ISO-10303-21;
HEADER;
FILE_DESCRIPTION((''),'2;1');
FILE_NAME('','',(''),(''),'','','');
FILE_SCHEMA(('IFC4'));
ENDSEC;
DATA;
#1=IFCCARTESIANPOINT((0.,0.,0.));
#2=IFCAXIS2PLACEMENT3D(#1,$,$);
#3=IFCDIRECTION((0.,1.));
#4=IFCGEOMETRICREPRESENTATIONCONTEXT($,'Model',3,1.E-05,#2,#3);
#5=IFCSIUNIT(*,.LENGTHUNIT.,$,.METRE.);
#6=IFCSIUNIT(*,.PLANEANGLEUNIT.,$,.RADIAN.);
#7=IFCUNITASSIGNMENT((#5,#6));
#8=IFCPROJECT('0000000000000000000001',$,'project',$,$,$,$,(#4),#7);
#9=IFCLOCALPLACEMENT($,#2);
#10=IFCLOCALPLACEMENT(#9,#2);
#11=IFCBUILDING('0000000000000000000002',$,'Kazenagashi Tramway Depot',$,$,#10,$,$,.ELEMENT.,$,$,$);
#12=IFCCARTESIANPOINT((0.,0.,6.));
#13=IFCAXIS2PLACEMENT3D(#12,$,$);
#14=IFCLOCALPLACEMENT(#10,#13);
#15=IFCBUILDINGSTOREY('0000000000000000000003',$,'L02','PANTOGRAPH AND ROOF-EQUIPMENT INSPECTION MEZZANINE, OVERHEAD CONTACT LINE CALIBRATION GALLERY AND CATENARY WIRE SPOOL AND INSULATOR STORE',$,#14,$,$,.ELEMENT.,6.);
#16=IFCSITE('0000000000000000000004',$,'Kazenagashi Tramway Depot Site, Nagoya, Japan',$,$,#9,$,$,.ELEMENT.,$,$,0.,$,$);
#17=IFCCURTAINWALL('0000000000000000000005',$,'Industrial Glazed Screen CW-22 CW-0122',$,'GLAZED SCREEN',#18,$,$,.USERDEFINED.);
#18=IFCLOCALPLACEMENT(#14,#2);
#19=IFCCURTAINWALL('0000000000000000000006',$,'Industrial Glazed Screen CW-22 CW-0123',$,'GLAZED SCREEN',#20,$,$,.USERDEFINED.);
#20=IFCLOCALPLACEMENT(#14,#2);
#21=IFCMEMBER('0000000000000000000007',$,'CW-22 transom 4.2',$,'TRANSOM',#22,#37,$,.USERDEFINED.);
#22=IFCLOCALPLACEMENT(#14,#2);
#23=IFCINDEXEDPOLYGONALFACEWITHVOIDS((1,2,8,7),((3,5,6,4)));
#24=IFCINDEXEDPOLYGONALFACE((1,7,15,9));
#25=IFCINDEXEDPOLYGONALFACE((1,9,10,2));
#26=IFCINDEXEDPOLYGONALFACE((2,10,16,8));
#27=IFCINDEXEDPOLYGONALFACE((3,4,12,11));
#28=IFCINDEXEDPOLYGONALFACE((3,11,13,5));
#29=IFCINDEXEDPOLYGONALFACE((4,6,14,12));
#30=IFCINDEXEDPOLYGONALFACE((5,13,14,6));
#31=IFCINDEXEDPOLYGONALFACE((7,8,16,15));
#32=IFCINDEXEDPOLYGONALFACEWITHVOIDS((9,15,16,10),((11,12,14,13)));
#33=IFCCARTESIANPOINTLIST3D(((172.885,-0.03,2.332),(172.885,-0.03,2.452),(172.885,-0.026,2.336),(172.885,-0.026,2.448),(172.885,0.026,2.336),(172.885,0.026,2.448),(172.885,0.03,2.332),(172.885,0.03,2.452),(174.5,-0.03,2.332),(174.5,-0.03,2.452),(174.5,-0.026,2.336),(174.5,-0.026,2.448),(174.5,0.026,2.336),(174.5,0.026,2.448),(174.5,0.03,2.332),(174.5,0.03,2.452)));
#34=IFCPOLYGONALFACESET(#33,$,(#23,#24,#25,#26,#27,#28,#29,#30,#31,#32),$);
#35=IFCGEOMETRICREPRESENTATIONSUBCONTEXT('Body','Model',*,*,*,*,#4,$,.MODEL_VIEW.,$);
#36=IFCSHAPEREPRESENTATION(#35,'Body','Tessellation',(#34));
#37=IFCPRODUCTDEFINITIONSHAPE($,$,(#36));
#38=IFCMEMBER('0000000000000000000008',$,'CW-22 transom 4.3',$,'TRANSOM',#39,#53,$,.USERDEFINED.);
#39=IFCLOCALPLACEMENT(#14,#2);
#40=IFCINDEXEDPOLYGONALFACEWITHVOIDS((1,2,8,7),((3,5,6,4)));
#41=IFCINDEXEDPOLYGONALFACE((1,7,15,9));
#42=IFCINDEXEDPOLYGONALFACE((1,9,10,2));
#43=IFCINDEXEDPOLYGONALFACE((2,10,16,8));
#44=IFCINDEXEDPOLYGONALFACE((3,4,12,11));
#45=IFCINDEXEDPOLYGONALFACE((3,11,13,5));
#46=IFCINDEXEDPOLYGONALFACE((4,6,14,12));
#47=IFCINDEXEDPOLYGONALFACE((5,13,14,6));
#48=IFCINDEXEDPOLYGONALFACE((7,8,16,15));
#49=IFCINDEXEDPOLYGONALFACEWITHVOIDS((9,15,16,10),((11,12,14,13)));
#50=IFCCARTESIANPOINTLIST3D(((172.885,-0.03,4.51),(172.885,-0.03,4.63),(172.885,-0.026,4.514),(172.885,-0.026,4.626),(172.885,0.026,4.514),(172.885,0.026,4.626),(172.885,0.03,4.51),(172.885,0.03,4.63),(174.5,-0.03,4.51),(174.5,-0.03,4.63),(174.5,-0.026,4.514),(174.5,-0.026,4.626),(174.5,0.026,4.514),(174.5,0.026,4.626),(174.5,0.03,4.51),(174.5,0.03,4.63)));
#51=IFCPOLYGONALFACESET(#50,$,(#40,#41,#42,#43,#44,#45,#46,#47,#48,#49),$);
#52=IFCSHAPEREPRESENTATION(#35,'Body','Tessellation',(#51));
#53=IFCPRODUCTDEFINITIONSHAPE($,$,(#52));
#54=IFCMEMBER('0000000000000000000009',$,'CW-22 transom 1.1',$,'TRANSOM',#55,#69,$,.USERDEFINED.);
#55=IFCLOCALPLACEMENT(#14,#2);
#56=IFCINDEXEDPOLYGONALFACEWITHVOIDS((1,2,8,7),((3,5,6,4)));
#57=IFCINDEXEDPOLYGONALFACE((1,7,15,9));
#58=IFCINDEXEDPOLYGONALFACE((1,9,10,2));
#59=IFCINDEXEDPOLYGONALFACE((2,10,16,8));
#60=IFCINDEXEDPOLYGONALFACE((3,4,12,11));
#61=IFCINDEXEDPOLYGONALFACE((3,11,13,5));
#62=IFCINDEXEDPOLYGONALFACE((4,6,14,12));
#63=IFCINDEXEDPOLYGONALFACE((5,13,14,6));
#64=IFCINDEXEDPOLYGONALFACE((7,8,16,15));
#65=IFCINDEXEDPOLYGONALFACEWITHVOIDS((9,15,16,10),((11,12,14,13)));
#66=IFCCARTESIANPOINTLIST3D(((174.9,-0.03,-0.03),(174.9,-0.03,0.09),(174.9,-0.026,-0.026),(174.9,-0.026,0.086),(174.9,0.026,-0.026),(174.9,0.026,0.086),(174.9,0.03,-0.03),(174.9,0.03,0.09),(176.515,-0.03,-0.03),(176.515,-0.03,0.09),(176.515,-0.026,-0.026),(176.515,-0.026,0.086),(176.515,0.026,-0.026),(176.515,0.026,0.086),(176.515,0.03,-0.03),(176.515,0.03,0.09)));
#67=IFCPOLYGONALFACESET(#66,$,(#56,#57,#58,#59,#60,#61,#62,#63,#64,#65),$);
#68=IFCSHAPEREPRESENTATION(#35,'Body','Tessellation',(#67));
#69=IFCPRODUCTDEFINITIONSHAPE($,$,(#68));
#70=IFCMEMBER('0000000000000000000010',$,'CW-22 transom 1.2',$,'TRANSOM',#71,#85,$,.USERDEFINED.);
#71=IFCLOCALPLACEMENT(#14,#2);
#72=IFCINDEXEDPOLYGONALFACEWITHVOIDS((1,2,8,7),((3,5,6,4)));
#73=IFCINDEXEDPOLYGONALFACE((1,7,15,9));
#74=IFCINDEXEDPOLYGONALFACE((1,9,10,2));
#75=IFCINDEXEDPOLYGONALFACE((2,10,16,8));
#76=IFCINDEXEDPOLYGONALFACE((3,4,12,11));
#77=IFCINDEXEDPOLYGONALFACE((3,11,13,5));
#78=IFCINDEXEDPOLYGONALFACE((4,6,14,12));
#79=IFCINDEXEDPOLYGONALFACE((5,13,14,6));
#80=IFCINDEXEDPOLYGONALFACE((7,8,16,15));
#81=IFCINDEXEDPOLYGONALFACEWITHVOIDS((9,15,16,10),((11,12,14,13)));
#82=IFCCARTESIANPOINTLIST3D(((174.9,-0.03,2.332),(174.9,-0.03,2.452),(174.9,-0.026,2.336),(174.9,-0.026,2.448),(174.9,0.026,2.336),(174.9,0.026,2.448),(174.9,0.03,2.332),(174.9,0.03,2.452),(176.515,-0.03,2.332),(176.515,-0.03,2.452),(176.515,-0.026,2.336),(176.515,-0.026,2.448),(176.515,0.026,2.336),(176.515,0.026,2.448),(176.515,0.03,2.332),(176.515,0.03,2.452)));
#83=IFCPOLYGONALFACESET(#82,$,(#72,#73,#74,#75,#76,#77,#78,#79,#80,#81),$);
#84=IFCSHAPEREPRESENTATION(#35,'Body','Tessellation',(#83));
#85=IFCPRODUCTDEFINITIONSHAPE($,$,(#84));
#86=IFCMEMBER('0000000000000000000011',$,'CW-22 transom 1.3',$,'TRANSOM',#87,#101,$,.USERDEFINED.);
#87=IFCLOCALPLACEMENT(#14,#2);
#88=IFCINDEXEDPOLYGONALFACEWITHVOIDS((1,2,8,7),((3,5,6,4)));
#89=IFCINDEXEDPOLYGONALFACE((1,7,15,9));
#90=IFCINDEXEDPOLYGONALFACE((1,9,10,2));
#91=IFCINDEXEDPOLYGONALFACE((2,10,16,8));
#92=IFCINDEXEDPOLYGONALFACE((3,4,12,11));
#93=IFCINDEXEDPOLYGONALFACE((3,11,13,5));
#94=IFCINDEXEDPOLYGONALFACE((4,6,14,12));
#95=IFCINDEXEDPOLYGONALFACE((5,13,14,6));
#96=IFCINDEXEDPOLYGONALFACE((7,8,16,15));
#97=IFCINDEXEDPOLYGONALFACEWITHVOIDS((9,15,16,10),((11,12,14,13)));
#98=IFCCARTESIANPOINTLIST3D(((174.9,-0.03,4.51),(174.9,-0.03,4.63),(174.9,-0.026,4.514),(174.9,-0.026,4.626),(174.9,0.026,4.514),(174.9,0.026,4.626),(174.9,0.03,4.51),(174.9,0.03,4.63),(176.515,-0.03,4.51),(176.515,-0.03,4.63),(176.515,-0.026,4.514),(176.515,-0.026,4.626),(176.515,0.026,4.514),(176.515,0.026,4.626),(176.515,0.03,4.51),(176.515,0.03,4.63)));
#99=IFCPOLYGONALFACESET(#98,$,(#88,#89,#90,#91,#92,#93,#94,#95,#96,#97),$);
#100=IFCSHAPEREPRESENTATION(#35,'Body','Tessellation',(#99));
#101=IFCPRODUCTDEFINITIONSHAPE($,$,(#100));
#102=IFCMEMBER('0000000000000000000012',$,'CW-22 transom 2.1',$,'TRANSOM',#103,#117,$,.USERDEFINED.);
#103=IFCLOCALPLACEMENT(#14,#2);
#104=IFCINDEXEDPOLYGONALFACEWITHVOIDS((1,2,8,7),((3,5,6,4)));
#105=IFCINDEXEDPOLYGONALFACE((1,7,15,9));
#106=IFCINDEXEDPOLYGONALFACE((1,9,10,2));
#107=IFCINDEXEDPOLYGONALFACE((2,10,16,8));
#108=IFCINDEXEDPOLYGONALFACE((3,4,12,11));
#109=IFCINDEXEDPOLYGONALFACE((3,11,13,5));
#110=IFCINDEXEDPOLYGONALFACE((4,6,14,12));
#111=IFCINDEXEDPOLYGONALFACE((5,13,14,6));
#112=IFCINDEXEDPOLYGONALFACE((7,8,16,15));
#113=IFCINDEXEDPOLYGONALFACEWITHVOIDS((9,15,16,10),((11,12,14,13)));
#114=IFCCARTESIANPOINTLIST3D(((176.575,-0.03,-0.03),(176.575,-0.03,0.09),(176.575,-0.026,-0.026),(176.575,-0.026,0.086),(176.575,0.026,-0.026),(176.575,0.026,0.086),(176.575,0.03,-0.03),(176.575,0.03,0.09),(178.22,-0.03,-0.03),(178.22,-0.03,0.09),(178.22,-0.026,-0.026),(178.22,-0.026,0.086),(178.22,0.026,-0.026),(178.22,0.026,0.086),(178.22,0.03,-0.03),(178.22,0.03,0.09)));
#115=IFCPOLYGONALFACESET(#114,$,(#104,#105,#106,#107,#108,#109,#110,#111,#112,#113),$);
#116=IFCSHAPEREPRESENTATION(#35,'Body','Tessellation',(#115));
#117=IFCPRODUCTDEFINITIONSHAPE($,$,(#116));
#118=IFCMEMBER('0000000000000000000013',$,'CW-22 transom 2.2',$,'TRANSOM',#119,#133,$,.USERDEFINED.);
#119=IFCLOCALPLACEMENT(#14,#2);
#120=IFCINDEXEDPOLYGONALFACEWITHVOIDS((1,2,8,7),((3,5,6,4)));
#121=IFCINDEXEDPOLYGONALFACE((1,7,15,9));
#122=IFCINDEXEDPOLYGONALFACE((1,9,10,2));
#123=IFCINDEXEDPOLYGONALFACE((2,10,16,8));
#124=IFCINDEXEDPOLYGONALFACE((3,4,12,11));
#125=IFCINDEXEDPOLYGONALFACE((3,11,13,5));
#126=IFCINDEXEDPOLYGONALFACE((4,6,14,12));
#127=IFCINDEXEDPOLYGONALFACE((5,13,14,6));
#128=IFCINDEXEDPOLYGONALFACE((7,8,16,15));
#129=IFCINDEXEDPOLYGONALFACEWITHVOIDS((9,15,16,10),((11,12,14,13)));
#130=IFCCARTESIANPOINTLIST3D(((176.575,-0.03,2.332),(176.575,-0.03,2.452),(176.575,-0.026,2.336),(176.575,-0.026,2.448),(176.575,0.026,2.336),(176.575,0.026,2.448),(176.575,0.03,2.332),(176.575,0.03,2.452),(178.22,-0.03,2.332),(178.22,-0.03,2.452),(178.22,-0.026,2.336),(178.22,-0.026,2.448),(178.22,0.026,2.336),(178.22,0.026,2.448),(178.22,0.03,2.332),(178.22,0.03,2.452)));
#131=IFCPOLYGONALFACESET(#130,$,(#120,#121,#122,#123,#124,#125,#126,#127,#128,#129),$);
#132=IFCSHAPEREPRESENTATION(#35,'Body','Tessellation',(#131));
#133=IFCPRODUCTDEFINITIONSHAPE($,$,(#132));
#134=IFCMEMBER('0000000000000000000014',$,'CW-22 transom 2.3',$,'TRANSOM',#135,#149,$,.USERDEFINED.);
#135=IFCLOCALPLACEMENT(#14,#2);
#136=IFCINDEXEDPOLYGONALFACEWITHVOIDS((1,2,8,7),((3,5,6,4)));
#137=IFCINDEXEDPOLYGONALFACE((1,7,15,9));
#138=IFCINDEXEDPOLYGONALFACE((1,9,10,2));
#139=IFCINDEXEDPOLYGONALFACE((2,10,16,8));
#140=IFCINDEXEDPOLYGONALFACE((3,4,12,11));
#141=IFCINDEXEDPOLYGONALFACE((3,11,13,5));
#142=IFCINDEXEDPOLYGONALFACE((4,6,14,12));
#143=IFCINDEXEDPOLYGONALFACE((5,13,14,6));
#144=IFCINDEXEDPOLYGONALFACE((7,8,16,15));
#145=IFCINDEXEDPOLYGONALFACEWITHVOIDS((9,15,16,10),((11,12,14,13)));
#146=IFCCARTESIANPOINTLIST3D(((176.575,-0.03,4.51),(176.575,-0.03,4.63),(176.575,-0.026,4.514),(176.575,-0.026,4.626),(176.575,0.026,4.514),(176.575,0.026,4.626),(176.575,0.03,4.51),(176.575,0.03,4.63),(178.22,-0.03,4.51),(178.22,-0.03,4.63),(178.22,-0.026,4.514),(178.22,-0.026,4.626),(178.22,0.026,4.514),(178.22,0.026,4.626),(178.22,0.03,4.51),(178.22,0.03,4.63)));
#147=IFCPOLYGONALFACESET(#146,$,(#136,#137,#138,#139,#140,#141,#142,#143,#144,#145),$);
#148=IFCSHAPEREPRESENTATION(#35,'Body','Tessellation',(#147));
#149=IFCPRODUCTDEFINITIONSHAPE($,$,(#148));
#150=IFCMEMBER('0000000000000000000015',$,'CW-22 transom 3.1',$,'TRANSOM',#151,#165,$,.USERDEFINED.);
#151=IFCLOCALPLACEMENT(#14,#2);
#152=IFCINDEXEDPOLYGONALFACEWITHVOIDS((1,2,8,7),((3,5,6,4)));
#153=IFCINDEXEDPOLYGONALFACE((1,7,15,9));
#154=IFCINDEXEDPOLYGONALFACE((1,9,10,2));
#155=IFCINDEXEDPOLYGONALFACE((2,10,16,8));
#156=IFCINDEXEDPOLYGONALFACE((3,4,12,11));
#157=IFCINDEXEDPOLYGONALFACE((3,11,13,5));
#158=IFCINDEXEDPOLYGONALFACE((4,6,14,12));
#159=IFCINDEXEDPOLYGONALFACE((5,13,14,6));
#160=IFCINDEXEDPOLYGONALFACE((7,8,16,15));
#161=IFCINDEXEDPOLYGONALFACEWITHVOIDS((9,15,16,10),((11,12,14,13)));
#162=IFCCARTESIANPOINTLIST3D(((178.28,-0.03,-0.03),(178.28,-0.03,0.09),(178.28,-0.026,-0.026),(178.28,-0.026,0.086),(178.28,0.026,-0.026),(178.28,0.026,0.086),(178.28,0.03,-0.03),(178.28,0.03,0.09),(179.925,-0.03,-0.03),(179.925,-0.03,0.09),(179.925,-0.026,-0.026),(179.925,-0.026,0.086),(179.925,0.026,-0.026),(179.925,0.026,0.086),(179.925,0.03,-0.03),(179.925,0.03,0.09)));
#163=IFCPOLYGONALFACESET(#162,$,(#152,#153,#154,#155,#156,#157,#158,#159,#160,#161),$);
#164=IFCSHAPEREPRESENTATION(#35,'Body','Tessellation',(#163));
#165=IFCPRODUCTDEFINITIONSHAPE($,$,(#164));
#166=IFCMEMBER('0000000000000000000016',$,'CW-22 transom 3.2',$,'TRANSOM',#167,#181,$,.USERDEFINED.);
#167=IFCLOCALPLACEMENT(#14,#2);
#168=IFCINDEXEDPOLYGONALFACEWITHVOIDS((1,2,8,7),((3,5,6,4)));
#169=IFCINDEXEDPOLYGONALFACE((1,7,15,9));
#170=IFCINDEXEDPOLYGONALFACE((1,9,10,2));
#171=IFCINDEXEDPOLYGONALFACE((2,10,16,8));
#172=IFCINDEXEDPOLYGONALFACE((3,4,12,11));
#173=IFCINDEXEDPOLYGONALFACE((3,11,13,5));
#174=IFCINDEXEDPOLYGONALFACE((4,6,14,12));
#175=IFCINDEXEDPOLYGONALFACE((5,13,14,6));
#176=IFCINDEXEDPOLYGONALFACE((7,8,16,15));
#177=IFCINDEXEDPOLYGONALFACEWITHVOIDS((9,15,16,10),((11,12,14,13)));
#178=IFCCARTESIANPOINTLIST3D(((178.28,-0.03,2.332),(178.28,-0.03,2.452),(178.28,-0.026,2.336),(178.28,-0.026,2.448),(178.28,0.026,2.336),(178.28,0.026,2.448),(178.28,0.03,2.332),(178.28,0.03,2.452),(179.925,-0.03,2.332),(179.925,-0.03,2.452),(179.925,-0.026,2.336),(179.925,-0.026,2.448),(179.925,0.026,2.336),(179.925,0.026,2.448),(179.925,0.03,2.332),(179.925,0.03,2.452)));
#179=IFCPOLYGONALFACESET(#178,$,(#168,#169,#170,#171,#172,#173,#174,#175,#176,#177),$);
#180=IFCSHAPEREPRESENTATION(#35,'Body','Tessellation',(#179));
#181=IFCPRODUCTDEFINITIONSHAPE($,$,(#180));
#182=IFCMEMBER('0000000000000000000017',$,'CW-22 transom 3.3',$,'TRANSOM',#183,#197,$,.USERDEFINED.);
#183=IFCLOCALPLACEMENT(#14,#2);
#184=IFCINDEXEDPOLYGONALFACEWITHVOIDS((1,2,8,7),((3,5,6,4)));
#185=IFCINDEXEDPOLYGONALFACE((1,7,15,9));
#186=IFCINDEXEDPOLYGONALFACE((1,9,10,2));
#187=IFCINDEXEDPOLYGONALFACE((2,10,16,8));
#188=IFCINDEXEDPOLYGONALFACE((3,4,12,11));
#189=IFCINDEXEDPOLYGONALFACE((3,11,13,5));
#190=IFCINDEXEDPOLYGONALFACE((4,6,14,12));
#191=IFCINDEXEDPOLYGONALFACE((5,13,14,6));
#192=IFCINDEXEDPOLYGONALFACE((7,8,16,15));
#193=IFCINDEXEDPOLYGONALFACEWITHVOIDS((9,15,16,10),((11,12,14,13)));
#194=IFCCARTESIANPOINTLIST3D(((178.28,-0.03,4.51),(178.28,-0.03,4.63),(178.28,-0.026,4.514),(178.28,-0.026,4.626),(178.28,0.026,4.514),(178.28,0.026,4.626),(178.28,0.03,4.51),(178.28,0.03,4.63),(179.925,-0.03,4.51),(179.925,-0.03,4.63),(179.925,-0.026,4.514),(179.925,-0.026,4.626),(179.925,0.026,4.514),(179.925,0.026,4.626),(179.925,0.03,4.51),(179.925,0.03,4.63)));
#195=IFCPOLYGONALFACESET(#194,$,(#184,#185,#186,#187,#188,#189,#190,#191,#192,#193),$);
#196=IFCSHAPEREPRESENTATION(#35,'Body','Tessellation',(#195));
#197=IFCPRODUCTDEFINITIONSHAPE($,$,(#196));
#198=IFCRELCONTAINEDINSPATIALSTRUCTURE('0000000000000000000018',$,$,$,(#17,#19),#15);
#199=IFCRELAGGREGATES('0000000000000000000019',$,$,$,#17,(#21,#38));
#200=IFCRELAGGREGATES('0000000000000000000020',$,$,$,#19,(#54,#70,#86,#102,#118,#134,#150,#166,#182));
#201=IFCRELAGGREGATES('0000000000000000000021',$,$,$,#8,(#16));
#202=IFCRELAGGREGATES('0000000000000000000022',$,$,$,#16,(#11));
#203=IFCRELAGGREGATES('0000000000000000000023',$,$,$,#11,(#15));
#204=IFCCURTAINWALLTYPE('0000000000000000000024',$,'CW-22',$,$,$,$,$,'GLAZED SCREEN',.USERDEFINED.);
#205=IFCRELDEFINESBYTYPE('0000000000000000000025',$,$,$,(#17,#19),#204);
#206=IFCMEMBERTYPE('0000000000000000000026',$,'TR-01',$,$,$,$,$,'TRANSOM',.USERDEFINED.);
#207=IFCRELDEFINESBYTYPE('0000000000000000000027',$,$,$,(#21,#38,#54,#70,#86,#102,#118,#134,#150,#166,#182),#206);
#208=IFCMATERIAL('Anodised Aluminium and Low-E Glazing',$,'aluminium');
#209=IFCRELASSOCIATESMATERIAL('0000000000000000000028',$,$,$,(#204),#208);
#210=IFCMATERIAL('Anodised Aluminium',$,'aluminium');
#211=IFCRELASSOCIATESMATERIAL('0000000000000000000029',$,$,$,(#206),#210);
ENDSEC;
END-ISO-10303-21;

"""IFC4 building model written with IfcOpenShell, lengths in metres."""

from ifc_helpers import new_model, si_unit, direction, frame, origin, origin_2d, place, context, subcontext, project, spatial, hollow_rectangle, extrude, material, material_profile, profile_set, type_object, element, aggregate, save


model = new_model("IFC4")

# Units and contexts
model_context = context("Model", 3, precision=1e-05, world=origin(), true_north=direction((0.0, 1.0)))
body_context = subcontext(model_context, "Body", "Model", "MODEL_VIEW")
ifc_project = project(units=[si_unit("LENGTHUNIT", "METRE"), si_unit("PLANEANGLEUNIT", "RADIAN")], contexts=[model_context])

# Site, building, storey
site_placement = place(None, origin())
site = spatial("IfcSite", under=ifc_project, at=site_placement, Name="Kazenagashi Tramway Depot Site, Nagoya, Japan", CompositionType="ELEMENT", RefElevation=0.0)
building_placement = place(site_placement, origin())
building = spatial("IfcBuilding", under=site, at=building_placement, Name="Kazenagashi Tramway Depot", CompositionType="ELEMENT")
storey_placement = place(building_placement, frame((0.0, 0.0, 6.0)))
storey = spatial("IfcBuildingStorey", under=building, at=storey_placement, Name="L02", Description="PANTOGRAPH AND ROOF-EQUIPMENT INSPECTION MEZZANINE, OVERHEAD CONTACT LINE CALIBRATION GALLERY AND CATENARY WIRE SPOOL AND INSULATOR STORE", CompositionType="ELEMENT", Elevation=6.0)

# Curtain wall
ifc_material_1 = material(Name="Anodised Aluminium and Low-E Glazing", Category="aluminium")
curtain_wall_type = type_object("IfcCurtainWallType", Name="CW-22", ElementType="GLAZED SCREEN", PredefinedType="USERDEFINED", material=ifc_material_1)
curtain_wall_1_placement = place(storey_placement, origin())
curtain_wall_1 = element("IfcCurtainWall", 1, at=curtain_wall_1_placement, inside=storey, type_object=curtain_wall_type, Name="Industrial Glazed Screen CW-22 CW-0122", ObjectType="GLAZED SCREEN", PredefinedType="USERDEFINED")
ifc_material_2 = material(Name="Anodised Aluminium", Category="aluminium")

# Curtain wall
curtain_wall_2_placement = place(storey_placement, origin())
curtain_wall_2 = element("IfcCurtainWall", 2, at=curtain_wall_2_placement, inside=storey, type_object=curtain_wall_type, Name="Industrial Glazed Screen CW-22 CW-0123", ObjectType="GLAZED SCREEN", PredefinedType="USERDEFINED")

# Members
ifc_material_profile_1 = material_profile(ifc_material_2, hollow_rectangle(XDim=0.06, YDim=0.12, WallThickness=0.004, at=origin_2d()), Name="RHS-120x60x4")
ifc_profile_set_1 = profile_set([ifc_material_profile_1], Name="Anodised Aluminium")
member_type_1 = type_object("IfcMemberType", Name="TR-01", ElementType="TRANSOM", PredefinedType="USERDEFINED", material=ifc_profile_set_1)
member_1_placement = place(storey_placement, frame((172.885, 0.0, 2.392), z_axis=(1.0, 0.0, 0.0), x_axis=(0.0, 1.0, 0.0)))
member_1 = element("IfcMember", 3, at=member_1_placement, type_object=member_type_1, Name="CW-22 transom 4.2", ObjectType="TRANSOM", PredefinedType="USERDEFINED", context=body_context, shape_type="SweptSolid", body=[
    extrude(hollow_rectangle(XDim=0.06, YDim=0.12, WallThickness=0.004, at=origin_2d()), origin(), (0.0, 0.0, 1.0), 1.615),
])
member_2_placement = place(storey_placement, frame((172.885, 0.0, 4.57), z_axis=(1.0, 0.0, 0.0), x_axis=(0.0, 1.0, 0.0)))
member_2 = element("IfcMember", 4, at=member_2_placement, type_object=member_type_1, Name="CW-22 transom 4.3", ObjectType="TRANSOM", PredefinedType="USERDEFINED", context=body_context, shape_type="SweptSolid", body=[
    extrude(hollow_rectangle(XDim=0.06, YDim=0.12, WallThickness=0.004, at=origin_2d()), origin(), (0.0, 0.0, 1.0), 1.615),
])
member_3_placement = place(storey_placement, frame((174.9, 0.0, 0.03), z_axis=(1.0, 0.0, 0.0), x_axis=(0.0, 1.0, 0.0)))
member_3 = element("IfcMember", 5, at=member_3_placement, type_object=member_type_1, Name="CW-22 transom 1.1", ObjectType="TRANSOM", PredefinedType="USERDEFINED", context=body_context, shape_type="SweptSolid", body=[
    extrude(hollow_rectangle(XDim=0.06, YDim=0.12, WallThickness=0.004, at=origin_2d()), origin(), (0.0, 0.0, 1.0), 1.615),
])
member_4_placement = place(storey_placement, frame((174.9, 0.0, 2.392), z_axis=(1.0, 0.0, 0.0), x_axis=(0.0, 1.0, 0.0)))
member_4 = element("IfcMember", 6, at=member_4_placement, type_object=member_type_1, Name="CW-22 transom 1.2", ObjectType="TRANSOM", PredefinedType="USERDEFINED", context=body_context, shape_type="SweptSolid", body=[
    extrude(hollow_rectangle(XDim=0.06, YDim=0.12, WallThickness=0.004, at=origin_2d()), origin(), (0.0, 0.0, 1.0), 1.615),
])
member_5_placement = place(storey_placement, frame((174.9, 0.0, 4.57), z_axis=(1.0, 0.0, 0.0), x_axis=(0.0, 1.0, 0.0)))
member_5 = element("IfcMember", 7, at=member_5_placement, type_object=member_type_1, Name="CW-22 transom 1.3", ObjectType="TRANSOM", PredefinedType="USERDEFINED", context=body_context, shape_type="SweptSolid", body=[
    extrude(hollow_rectangle(XDim=0.06, YDim=0.12, WallThickness=0.004, at=origin_2d()), origin(), (0.0, 0.0, 1.0), 1.615),
])
member_6_placement = place(storey_placement, frame((176.575, 0.0, 0.03), z_axis=(1.0, 0.0, 0.0), x_axis=(0.0, 1.0, 0.0)))
member_6 = element("IfcMember", 8, at=member_6_placement, type_object=member_type_1, Name="CW-22 transom 2.1", ObjectType="TRANSOM", PredefinedType="USERDEFINED", context=body_context, shape_type="SweptSolid", body=[
    extrude(hollow_rectangle(XDim=0.06, YDim=0.12, WallThickness=0.004, at=origin_2d()), origin(), (0.0, 0.0, 1.0), 1.645),
])
member_7_placement = place(storey_placement, frame((176.575, 0.0, 2.392), z_axis=(1.0, 0.0, 0.0), x_axis=(0.0, 1.0, 0.0)))
member_7 = element("IfcMember", 9, at=member_7_placement, type_object=member_type_1, Name="CW-22 transom 2.2", ObjectType="TRANSOM", PredefinedType="USERDEFINED", context=body_context, shape_type="SweptSolid", body=[
    extrude(hollow_rectangle(XDim=0.06, YDim=0.12, WallThickness=0.004, at=origin_2d()), origin(), (0.0, 0.0, 1.0), 1.645),
])
member_8_placement = place(storey_placement, frame((176.575, 0.0, 4.57), z_axis=(1.0, 0.0, 0.0), x_axis=(0.0, 1.0, 0.0)))
member_8 = element("IfcMember", 10, at=member_8_placement, type_object=member_type_1, Name="CW-22 transom 2.3", ObjectType="TRANSOM", PredefinedType="USERDEFINED", context=body_context, shape_type="SweptSolid", body=[
    extrude(hollow_rectangle(XDim=0.06, YDim=0.12, WallThickness=0.004, at=origin_2d()), origin(), (0.0, 0.0, 1.0), 1.645),
])
member_9_placement = place(storey_placement, frame((178.28, 0.0, 0.03), z_axis=(1.0, 0.0, 0.0), x_axis=(0.0, 1.0, 0.0)))
member_9 = element("IfcMember", 11, at=member_9_placement, type_object=member_type_1, Name="CW-22 transom 3.1", ObjectType="TRANSOM", PredefinedType="USERDEFINED", context=body_context, shape_type="SweptSolid", body=[
    extrude(hollow_rectangle(XDim=0.06, YDim=0.12, WallThickness=0.004, at=origin_2d()), origin(), (0.0, 0.0, 1.0), 1.645),
])
member_10_placement = place(storey_placement, frame((178.28, 0.0, 2.392), z_axis=(1.0, 0.0, 0.0), x_axis=(0.0, 1.0, 0.0)))
member_10 = element("IfcMember", 12, at=member_10_placement, type_object=member_type_1, Name="CW-22 transom 3.2", ObjectType="TRANSOM", PredefinedType="USERDEFINED", context=body_context, shape_type="SweptSolid", body=[
    extrude(hollow_rectangle(XDim=0.06, YDim=0.12, WallThickness=0.004, at=origin_2d()), origin(), (0.0, 0.0, 1.0), 1.645),
])
member_11_placement = place(storey_placement, frame((178.28, 0.0, 4.57), z_axis=(1.0, 0.0, 0.0), x_axis=(0.0, 1.0, 0.0)))
member_11 = element("IfcMember", 13, at=member_11_placement, type_object=member_type_1, Name="CW-22 transom 3.3", ObjectType="TRANSOM", PredefinedType="USERDEFINED", context=body_context, shape_type="SweptSolid", body=[
    extrude(hollow_rectangle(XDim=0.06, YDim=0.12, WallThickness=0.004, at=origin_2d()), origin(), (0.0, 0.0, 1.0), 1.645),
])

aggregate(curtain_wall_1, [member_1, member_2])
aggregate(curtain_wall_2, [member_3, member_4, member_5, member_6, member_7, member_8, member_9, member_10, member_11])

save(model, "model.ifc")
